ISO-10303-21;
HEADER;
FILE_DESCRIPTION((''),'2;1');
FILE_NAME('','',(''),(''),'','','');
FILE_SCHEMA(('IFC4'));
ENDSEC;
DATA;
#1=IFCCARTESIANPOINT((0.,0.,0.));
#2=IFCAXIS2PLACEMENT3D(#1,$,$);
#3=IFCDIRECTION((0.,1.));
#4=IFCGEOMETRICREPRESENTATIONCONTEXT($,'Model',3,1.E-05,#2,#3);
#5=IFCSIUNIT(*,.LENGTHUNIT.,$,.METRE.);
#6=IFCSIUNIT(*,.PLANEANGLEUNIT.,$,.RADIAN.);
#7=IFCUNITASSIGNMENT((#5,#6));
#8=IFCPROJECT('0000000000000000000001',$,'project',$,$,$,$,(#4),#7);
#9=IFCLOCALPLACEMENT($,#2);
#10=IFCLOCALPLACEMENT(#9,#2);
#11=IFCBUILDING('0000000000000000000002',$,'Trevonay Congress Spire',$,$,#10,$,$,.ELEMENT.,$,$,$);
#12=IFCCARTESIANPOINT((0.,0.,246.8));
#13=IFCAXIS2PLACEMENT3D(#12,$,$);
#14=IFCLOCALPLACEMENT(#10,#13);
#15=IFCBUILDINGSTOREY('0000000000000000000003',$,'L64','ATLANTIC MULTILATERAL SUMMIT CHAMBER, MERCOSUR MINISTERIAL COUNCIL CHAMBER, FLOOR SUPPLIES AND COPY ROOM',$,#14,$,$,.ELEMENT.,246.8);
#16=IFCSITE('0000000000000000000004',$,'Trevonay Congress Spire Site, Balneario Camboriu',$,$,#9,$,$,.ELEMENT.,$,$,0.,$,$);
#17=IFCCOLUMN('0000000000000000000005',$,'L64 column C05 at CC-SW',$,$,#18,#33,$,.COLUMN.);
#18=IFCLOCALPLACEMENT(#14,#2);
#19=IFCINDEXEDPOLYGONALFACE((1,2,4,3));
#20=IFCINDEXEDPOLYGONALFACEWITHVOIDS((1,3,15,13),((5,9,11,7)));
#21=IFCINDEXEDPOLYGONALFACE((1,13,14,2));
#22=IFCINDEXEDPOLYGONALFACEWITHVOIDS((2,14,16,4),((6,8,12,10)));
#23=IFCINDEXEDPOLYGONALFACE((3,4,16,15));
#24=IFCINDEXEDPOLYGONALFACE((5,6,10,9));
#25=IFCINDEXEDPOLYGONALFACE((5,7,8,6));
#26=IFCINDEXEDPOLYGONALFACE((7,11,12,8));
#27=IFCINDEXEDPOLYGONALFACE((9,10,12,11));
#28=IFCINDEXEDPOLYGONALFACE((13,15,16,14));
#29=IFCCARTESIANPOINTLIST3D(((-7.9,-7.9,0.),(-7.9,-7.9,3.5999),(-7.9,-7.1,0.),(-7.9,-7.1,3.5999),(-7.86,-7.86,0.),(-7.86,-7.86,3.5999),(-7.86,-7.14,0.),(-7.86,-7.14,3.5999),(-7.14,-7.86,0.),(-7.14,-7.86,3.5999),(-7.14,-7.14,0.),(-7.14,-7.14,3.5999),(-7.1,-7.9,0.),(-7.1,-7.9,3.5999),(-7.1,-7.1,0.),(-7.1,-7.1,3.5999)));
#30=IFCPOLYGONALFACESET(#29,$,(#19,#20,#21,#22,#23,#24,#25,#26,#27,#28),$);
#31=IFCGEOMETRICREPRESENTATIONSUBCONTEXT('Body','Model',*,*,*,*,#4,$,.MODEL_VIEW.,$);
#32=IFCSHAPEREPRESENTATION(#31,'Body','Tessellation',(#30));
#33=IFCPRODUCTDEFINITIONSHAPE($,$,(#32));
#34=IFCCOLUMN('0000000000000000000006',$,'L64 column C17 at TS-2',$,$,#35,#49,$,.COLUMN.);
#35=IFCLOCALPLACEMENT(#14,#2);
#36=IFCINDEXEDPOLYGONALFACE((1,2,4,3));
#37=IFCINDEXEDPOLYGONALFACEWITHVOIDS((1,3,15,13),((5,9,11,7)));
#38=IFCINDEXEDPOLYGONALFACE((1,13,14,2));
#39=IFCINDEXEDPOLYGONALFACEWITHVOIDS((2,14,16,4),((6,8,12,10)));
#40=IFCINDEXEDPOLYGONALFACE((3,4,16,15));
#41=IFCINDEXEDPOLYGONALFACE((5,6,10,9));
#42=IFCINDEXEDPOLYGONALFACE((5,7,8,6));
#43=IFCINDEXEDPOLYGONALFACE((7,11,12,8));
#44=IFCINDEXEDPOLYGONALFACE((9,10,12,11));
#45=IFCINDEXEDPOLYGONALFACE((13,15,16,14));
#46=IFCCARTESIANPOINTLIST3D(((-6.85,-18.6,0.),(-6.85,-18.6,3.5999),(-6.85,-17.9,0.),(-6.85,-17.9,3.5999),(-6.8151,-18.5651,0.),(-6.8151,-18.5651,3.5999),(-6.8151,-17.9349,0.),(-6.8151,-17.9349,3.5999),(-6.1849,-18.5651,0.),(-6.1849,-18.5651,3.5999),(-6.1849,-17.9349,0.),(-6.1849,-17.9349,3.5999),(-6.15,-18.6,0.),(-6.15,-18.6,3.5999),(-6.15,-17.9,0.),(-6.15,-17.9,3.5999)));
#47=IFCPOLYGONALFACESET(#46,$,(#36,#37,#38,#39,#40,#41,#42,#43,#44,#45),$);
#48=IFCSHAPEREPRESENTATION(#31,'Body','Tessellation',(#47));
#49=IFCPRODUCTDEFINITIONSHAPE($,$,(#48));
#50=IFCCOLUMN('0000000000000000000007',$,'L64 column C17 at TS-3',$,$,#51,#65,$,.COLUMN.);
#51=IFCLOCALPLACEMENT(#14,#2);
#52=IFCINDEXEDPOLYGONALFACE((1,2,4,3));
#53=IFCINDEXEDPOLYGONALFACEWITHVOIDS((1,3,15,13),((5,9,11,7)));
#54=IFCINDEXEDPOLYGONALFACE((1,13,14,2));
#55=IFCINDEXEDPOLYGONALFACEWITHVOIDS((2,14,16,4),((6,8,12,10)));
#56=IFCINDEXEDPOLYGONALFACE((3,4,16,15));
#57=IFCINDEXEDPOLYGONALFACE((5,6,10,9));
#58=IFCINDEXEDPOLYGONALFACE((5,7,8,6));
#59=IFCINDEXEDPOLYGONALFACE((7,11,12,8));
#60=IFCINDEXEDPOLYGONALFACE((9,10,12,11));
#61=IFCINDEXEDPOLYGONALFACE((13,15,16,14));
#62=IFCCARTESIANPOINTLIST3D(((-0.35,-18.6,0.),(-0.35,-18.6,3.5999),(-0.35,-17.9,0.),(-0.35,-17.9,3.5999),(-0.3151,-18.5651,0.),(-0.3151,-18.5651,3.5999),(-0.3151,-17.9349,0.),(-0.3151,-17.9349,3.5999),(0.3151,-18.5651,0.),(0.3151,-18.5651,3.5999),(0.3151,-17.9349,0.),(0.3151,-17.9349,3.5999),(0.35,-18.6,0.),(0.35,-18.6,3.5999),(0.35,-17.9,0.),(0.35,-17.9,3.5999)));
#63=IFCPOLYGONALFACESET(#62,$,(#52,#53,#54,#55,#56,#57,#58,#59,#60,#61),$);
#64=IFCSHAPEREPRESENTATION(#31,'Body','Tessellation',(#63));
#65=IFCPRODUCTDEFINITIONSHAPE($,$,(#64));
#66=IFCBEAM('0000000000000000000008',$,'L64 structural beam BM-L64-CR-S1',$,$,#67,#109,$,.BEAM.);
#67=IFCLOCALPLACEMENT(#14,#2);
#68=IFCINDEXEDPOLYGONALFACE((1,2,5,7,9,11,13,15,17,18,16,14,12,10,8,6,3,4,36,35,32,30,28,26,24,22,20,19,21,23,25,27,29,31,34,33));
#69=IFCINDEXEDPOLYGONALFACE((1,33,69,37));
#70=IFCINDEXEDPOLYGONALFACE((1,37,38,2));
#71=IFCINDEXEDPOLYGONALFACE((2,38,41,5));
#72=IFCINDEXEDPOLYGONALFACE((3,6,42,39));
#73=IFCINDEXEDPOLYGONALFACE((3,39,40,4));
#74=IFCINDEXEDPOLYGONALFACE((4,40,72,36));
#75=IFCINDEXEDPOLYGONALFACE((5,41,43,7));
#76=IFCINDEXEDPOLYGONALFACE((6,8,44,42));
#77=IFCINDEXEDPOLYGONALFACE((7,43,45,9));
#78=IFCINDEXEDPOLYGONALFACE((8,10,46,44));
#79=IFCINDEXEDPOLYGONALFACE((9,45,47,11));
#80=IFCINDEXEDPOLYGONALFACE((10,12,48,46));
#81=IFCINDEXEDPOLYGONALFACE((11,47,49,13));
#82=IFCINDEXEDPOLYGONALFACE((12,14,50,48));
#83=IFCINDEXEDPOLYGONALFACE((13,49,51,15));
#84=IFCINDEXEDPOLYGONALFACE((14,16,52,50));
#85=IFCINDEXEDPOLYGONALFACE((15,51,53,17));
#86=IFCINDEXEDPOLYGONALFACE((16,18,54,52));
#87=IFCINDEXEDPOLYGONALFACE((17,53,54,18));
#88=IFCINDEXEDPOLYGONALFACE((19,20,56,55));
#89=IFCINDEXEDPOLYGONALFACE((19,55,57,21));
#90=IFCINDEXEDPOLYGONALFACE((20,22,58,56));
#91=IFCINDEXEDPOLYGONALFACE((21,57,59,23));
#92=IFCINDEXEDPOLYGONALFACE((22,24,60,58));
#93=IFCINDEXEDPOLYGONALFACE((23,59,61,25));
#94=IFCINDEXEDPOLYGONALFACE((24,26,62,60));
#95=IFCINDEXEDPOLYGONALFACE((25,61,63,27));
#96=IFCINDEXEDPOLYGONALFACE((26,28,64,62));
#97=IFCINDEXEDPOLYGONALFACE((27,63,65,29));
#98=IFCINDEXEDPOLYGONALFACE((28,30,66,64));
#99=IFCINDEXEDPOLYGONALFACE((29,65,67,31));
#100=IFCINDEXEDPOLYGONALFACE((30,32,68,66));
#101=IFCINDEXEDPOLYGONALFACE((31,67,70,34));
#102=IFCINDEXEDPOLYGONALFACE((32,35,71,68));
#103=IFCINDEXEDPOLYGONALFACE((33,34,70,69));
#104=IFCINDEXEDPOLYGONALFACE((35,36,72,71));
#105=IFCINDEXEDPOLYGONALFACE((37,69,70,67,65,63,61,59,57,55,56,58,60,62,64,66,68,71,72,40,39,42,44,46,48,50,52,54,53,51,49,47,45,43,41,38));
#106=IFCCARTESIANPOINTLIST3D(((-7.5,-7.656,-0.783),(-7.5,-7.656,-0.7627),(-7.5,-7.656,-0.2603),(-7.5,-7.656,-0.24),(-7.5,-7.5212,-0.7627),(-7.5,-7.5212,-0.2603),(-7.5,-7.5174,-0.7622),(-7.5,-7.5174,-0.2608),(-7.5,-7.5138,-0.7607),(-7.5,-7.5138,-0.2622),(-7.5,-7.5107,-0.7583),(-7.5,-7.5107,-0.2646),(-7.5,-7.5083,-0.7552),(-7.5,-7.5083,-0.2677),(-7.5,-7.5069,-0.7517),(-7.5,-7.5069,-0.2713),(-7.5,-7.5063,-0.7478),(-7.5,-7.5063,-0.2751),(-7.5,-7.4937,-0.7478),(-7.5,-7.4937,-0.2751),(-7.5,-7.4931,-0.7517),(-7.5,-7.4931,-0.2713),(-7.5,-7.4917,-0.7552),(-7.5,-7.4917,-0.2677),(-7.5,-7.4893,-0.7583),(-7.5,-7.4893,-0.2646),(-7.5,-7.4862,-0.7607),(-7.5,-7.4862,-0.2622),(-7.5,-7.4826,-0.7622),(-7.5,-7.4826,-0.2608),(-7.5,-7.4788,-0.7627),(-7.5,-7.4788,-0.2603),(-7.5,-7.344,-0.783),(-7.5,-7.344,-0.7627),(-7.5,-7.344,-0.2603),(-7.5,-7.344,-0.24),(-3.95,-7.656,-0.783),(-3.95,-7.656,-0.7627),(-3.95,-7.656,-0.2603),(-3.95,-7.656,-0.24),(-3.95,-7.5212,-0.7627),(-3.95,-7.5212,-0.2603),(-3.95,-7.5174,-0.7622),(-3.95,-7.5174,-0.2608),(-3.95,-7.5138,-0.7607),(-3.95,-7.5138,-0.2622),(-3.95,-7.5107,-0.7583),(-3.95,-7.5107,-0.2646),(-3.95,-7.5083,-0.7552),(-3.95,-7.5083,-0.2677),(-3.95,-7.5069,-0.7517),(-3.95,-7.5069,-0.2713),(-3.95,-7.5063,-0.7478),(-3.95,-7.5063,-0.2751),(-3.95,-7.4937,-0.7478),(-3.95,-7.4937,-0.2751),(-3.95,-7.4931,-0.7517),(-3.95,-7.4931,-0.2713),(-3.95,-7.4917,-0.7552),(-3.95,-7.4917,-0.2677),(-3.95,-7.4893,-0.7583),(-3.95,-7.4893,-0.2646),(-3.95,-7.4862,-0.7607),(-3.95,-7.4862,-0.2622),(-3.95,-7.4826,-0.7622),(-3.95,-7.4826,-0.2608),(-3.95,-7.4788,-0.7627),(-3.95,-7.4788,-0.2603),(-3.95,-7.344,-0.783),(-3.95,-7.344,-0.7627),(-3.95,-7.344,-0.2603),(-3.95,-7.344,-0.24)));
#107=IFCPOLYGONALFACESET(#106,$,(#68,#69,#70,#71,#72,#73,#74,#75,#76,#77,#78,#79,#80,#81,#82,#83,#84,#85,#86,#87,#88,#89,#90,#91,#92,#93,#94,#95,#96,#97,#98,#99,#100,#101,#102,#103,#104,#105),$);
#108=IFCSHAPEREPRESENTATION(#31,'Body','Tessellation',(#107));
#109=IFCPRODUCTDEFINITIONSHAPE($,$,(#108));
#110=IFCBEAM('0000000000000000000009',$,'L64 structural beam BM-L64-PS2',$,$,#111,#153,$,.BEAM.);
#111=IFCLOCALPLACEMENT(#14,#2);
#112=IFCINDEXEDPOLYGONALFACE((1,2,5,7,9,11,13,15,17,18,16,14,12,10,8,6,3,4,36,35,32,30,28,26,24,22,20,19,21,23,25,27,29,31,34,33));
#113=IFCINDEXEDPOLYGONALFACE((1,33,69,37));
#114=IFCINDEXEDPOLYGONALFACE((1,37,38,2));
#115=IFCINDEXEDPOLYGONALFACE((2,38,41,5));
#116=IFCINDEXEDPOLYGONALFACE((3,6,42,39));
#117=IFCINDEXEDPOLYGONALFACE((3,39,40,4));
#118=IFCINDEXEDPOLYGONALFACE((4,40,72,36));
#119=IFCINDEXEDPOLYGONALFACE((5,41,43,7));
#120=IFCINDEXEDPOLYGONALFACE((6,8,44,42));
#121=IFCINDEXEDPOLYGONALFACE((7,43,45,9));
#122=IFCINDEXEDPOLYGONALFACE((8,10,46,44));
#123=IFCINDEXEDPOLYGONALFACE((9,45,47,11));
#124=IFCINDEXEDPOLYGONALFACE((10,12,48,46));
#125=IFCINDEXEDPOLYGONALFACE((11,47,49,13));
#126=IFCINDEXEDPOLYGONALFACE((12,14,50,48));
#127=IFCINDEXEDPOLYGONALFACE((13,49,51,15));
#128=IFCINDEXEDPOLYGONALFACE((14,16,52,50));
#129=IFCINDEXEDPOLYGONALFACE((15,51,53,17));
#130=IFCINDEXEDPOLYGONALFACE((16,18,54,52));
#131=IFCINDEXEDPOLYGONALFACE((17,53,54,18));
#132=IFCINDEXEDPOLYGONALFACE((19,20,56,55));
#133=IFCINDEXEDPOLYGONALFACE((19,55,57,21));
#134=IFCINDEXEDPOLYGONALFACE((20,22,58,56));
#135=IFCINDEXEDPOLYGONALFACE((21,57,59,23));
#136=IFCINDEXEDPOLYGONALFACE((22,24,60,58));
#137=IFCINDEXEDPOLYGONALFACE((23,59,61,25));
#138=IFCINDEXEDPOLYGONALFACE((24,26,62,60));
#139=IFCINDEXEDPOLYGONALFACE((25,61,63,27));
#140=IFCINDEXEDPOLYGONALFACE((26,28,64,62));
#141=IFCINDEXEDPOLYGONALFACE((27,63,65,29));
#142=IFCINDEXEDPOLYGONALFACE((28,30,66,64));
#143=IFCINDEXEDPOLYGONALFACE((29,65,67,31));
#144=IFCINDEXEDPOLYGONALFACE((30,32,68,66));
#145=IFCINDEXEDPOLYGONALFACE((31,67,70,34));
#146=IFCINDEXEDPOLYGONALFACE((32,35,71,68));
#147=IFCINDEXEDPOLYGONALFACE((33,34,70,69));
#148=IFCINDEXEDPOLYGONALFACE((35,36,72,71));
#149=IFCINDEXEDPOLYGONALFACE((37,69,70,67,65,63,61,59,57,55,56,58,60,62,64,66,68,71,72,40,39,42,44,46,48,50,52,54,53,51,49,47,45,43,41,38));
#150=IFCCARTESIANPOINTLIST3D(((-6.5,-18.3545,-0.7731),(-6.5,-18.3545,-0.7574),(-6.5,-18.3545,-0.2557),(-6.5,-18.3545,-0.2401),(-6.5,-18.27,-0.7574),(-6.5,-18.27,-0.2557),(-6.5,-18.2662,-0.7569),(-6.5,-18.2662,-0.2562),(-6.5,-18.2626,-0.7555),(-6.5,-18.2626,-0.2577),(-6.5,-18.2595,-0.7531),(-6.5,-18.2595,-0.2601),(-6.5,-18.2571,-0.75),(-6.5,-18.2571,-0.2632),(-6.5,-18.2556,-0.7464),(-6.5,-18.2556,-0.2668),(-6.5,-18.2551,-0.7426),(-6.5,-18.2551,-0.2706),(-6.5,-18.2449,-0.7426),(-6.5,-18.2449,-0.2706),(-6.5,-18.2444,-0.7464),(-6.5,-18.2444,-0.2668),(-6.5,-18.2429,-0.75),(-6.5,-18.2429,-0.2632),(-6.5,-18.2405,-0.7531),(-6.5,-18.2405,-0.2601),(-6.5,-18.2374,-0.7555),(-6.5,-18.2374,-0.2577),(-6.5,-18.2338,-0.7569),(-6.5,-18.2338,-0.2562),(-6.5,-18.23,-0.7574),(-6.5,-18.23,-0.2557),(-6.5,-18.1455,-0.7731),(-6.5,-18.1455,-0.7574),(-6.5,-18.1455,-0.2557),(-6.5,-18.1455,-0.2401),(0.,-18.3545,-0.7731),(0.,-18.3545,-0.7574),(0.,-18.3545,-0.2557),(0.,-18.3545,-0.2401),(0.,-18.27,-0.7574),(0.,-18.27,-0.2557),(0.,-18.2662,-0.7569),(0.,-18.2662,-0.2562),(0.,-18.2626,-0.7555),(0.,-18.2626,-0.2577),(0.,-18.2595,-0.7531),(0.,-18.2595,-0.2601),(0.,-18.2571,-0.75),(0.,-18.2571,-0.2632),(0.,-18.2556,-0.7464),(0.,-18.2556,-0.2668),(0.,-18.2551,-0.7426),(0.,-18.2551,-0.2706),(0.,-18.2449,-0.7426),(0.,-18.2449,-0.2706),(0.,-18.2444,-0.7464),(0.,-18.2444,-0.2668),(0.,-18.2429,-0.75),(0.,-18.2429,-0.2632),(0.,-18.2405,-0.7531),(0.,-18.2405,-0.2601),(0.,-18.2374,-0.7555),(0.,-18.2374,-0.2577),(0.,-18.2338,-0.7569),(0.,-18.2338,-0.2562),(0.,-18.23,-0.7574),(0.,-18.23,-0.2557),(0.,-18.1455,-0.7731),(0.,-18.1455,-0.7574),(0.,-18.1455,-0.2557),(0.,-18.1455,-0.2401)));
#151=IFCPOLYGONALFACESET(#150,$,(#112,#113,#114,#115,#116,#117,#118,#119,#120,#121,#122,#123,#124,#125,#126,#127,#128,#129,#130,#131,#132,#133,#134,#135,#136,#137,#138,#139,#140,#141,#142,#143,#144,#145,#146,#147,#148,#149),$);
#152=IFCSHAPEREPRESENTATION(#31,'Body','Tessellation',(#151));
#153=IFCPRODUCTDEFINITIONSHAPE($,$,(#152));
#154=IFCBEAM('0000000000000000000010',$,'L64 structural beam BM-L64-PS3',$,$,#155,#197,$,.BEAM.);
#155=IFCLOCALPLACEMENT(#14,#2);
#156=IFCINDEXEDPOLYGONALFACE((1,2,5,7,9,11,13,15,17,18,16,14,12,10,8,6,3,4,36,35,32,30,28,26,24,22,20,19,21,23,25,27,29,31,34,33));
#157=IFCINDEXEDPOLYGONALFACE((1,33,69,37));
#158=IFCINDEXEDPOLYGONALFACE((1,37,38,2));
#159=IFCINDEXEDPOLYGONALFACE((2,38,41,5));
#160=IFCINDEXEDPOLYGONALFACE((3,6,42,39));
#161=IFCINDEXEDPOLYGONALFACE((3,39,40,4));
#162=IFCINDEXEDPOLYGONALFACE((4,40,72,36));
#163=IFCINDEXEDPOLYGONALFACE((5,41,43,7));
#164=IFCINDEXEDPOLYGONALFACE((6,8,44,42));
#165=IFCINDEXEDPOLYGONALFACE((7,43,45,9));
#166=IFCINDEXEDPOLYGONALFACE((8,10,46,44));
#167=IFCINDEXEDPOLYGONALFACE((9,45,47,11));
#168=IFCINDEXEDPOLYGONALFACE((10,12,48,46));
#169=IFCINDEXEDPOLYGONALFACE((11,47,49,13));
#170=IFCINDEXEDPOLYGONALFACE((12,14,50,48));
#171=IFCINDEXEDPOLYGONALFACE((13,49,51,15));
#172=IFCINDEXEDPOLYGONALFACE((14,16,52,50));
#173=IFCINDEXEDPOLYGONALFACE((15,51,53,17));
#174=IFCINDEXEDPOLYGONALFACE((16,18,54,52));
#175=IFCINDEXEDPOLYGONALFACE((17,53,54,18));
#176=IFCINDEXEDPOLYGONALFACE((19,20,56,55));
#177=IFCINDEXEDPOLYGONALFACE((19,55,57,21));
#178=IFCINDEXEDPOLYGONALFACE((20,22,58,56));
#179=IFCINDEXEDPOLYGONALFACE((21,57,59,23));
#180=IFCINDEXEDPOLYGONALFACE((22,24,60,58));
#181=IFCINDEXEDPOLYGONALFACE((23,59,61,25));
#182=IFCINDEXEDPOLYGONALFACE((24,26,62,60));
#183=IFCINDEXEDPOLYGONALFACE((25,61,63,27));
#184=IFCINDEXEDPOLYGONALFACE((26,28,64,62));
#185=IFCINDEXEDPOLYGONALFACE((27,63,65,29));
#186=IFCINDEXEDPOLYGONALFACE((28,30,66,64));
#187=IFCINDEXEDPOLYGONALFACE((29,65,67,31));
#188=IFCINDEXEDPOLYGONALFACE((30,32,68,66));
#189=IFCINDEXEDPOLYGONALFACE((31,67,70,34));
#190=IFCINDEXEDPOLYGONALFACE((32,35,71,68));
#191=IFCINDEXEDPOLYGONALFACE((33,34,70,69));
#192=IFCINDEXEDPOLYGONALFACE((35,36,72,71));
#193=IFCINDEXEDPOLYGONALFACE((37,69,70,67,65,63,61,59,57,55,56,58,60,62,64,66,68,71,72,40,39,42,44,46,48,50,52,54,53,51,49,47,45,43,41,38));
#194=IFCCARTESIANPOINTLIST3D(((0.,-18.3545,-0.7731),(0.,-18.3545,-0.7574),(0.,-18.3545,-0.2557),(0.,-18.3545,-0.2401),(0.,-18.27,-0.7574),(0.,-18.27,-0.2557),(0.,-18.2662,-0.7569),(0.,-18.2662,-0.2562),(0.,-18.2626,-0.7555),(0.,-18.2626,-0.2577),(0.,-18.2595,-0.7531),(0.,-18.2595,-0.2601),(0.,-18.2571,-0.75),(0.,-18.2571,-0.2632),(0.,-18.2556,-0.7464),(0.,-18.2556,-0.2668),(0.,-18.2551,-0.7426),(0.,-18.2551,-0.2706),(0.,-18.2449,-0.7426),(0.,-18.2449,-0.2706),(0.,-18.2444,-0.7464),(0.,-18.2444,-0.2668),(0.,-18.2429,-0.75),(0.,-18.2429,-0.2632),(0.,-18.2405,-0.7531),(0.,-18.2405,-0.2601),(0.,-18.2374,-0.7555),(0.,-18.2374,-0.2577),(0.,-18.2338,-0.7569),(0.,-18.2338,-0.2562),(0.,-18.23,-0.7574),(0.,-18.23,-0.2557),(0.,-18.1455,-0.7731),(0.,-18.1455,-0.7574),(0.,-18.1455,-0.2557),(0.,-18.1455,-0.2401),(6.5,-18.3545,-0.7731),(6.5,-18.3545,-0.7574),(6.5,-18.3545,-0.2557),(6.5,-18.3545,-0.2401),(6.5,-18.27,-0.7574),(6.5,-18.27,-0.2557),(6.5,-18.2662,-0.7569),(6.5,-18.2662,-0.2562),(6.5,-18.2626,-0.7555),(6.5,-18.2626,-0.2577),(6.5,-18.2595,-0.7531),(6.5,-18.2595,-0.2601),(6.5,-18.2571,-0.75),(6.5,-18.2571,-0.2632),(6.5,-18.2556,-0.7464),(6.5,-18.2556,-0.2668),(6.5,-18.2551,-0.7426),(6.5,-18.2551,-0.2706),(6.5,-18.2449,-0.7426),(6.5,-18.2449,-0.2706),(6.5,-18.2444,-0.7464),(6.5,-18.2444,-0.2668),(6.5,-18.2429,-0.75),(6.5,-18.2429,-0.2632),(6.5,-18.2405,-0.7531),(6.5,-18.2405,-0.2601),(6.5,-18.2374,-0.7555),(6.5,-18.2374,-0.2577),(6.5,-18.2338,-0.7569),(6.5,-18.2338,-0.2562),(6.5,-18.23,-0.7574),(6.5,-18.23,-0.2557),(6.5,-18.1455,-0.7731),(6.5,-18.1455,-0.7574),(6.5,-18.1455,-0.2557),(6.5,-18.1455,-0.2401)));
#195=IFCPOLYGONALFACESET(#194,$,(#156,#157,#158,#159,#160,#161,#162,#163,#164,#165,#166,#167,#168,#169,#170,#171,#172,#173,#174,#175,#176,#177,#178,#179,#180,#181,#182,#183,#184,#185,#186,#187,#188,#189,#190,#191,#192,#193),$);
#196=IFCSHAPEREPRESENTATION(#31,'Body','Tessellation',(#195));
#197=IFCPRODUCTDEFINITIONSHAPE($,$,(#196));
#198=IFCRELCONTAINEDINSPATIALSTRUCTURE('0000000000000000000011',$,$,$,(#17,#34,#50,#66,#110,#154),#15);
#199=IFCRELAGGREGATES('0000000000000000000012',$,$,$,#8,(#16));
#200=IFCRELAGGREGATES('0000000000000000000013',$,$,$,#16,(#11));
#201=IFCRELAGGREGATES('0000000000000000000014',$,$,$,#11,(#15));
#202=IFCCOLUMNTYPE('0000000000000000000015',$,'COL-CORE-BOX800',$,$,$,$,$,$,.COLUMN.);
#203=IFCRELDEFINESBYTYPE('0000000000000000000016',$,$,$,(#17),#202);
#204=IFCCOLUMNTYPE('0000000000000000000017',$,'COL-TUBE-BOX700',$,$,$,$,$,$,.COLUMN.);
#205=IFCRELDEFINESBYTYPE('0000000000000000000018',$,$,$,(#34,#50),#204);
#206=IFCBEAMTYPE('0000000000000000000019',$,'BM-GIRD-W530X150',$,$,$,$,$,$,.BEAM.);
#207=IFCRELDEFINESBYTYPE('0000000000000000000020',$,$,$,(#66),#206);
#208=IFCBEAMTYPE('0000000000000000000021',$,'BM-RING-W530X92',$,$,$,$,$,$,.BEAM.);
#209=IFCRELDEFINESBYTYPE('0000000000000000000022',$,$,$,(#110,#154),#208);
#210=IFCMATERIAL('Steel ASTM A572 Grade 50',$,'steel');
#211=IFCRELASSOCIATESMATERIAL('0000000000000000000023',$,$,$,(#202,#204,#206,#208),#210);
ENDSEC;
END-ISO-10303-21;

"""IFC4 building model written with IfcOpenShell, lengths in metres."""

from ifc_helpers import new_model, si_unit, direction, frame, origin, origin_2d, place, context, subcontext, project, spatial, hollow_rectangle, i_section, extrude, material, material_profile, profile_set, type_object, element, save


model = new_model("IFC4")

# Units and contexts
model_context = context("Model", 3, precision=1e-05, world=origin(), true_north=direction((0.0, 1.0)))
body_context = subcontext(model_context, "Body", "Model", "MODEL_VIEW")
ifc_project = project(units=[si_unit("LENGTHUNIT", "METRE"), si_unit("PLANEANGLEUNIT", "RADIAN")], contexts=[model_context])

# Site, building, storey
site_placement = place(None, origin())
site = spatial("IfcSite", under=ifc_project, at=site_placement, Name="Trevonay Congress Spire Site, Balneario Camboriu", CompositionType="ELEMENT", RefElevation=0.0)
building_placement = place(site_placement, origin())
building = spatial("IfcBuilding", under=site, at=building_placement, Name="Trevonay Congress Spire", CompositionType="ELEMENT")
storey_placement = place(building_placement, frame((0.0, 0.0, 246.8)))
storey = spatial("IfcBuildingStorey", under=building, at=storey_placement, Name="L64", Description="ATLANTIC MULTILATERAL SUMMIT CHAMBER, MERCOSUR MINISTERIAL COUNCIL CHAMBER, FLOOR SUPPLIES AND COPY ROOM", CompositionType="ELEMENT", Elevation=246.8)

# Columns
ifc_material_1 = material(Name="Steel ASTM A572 Grade 50", Category="steel")
ifc_material_profile_1 = material_profile(ifc_material_1, hollow_rectangle(XDim=0.8, YDim=0.8, WallThickness=0.04, at=origin_2d()), Name="BOX 800x800x40")
ifc_profile_set_1 = profile_set([ifc_material_profile_1], Name="Steel ASTM A572 Grade 50")
column_type_1 = type_object("IfcColumnType", Name="COL-CORE-BOX800", PredefinedType="COLUMN", material=ifc_profile_set_1)
column_placement = place(storey_placement, frame((-7.5, -7.5, 0.0), z_axis=(0.0, 0.0, 1.0), x_axis=(1.0, 0.0, 0.0)))
element("IfcColumn", 1, at=column_placement, inside=storey, type_object=column_type_1, Name="L64 column C05 at CC-SW", PredefinedType="COLUMN", context=body_context, shape_type="SweptSolid", body=[
    extrude(hollow_rectangle(XDim=0.8, YDim=0.8, WallThickness=0.04, at=origin_2d()), origin(), (0.0, 0.0, 1.0), 3.5999),
])
ifc_material_profile_2 = material_profile(ifc_material_1, hollow_rectangle(XDim=0.7, YDim=0.7, WallThickness=0.0349, at=origin_2d()), Name="BOX 700x700x35")
ifc_profile_set_2 = profile_set([ifc_material_profile_2], Name="Steel ASTM A572 Grade 50")
column_type_2 = type_object("IfcColumnType", Name="COL-TUBE-BOX700", PredefinedType="COLUMN", material=ifc_profile_set_2)
for number, where, z_axis, x_axis, name in (
    (2, (-6.5, -18.25, 0.0), (0.0, 0.0, 1.0), (1.0, 0.0, 0.0), "L64 column C17 at TS-2"),
    (3, (0.0, -18.25, 0.0), (0.0, 0.0, 1.0), (1.0, 0.0, 0.0), "L64 column C17 at TS-3"),
):
    element("IfcColumn", number, at=place(storey_placement, frame(where, z_axis=z_axis, x_axis=x_axis)), inside=storey, type_object=column_type_2, Name=name, PredefinedType="COLUMN", context=body_context, shape_type="SweptSolid", body=[
        extrude(hollow_rectangle(XDim=0.7, YDim=0.7, WallThickness=0.0349, at=origin_2d()), origin(), (0.0, 0.0, 1.0), 3.5999),
    ])

# Beams
ifc_material_profile_3 = material_profile(ifc_material_1, i_section(OverallWidth=0.312, OverallDepth=0.543, WebThickness=0.0127, FlangeThickness=0.0203, FilletRadius=0.0149, at=origin_2d()), Name="W530x150")
ifc_profile_set_3 = profile_set([ifc_material_profile_3], Name="Steel ASTM A572 Grade 50")
beam_type_1 = type_object("IfcBeamType", Name="BM-GIRD-W530X150", PredefinedType="BEAM", material=ifc_profile_set_3)
beam_1_placement = place(storey_placement, frame((-7.5, -7.5, -0.5115), z_axis=(1.0, 0.0, 0.0), x_axis=(0.0, 1.0, 0.0)))
element("IfcBeam", 4, at=beam_1_placement, inside=storey, type_object=beam_type_1, Name="L64 structural beam BM-L64-CR-S1", PredefinedType="BEAM", context=body_context, shape_type="SweptSolid", body=[
    extrude(i_section(OverallWidth=0.312, OverallDepth=0.543, WebThickness=0.0127, FlangeThickness=0.0203, FilletRadius=0.0149, at=origin_2d()), origin(), (0.0, 0.0, 1.0), 3.55),
])
ifc_material_profile_4 = material_profile(ifc_material_1, i_section(OverallWidth=0.209, OverallDepth=0.533, WebThickness=0.0103, FlangeThickness=0.0156, FilletRadius=0.0149, at=origin_2d()), Name="W530x92")
ifc_profile_set_4 = profile_set([ifc_material_profile_4], Name="Steel ASTM A572 Grade 50")
beam_type_2 = type_object("IfcBeamType", Name="BM-RING-W530X92", PredefinedType="BEAM", material=ifc_profile_set_4)
for number, where, z_axis, x_axis, name in (
    (5, (-6.5, -18.25, -0.5066), (1.0, 0.0, 0.0), (0.0, 1.0, 0.0), "L64 structural beam BM-L64-PS2"),
    (6, (0.0, -18.25, -0.5066), (1.0, 0.0, 0.0), (0.0, 1.0, 0.0), "L64 structural beam BM-L64-PS3"),
):
    element("IfcBeam", number, at=place(storey_placement, frame(where, z_axis=z_axis, x_axis=x_axis)), inside=storey, type_object=beam_type_2, Name=name, PredefinedType="BEAM", context=body_context, shape_type="SweptSolid", body=[
        extrude(i_section(OverallWidth=0.209, OverallDepth=0.533, WebThickness=0.0103, FlangeThickness=0.0156, FilletRadius=0.0149, at=origin_2d()), origin(), (0.0, 0.0, 1.0), 6.5),
    ])

save(model, "model.ifc")
